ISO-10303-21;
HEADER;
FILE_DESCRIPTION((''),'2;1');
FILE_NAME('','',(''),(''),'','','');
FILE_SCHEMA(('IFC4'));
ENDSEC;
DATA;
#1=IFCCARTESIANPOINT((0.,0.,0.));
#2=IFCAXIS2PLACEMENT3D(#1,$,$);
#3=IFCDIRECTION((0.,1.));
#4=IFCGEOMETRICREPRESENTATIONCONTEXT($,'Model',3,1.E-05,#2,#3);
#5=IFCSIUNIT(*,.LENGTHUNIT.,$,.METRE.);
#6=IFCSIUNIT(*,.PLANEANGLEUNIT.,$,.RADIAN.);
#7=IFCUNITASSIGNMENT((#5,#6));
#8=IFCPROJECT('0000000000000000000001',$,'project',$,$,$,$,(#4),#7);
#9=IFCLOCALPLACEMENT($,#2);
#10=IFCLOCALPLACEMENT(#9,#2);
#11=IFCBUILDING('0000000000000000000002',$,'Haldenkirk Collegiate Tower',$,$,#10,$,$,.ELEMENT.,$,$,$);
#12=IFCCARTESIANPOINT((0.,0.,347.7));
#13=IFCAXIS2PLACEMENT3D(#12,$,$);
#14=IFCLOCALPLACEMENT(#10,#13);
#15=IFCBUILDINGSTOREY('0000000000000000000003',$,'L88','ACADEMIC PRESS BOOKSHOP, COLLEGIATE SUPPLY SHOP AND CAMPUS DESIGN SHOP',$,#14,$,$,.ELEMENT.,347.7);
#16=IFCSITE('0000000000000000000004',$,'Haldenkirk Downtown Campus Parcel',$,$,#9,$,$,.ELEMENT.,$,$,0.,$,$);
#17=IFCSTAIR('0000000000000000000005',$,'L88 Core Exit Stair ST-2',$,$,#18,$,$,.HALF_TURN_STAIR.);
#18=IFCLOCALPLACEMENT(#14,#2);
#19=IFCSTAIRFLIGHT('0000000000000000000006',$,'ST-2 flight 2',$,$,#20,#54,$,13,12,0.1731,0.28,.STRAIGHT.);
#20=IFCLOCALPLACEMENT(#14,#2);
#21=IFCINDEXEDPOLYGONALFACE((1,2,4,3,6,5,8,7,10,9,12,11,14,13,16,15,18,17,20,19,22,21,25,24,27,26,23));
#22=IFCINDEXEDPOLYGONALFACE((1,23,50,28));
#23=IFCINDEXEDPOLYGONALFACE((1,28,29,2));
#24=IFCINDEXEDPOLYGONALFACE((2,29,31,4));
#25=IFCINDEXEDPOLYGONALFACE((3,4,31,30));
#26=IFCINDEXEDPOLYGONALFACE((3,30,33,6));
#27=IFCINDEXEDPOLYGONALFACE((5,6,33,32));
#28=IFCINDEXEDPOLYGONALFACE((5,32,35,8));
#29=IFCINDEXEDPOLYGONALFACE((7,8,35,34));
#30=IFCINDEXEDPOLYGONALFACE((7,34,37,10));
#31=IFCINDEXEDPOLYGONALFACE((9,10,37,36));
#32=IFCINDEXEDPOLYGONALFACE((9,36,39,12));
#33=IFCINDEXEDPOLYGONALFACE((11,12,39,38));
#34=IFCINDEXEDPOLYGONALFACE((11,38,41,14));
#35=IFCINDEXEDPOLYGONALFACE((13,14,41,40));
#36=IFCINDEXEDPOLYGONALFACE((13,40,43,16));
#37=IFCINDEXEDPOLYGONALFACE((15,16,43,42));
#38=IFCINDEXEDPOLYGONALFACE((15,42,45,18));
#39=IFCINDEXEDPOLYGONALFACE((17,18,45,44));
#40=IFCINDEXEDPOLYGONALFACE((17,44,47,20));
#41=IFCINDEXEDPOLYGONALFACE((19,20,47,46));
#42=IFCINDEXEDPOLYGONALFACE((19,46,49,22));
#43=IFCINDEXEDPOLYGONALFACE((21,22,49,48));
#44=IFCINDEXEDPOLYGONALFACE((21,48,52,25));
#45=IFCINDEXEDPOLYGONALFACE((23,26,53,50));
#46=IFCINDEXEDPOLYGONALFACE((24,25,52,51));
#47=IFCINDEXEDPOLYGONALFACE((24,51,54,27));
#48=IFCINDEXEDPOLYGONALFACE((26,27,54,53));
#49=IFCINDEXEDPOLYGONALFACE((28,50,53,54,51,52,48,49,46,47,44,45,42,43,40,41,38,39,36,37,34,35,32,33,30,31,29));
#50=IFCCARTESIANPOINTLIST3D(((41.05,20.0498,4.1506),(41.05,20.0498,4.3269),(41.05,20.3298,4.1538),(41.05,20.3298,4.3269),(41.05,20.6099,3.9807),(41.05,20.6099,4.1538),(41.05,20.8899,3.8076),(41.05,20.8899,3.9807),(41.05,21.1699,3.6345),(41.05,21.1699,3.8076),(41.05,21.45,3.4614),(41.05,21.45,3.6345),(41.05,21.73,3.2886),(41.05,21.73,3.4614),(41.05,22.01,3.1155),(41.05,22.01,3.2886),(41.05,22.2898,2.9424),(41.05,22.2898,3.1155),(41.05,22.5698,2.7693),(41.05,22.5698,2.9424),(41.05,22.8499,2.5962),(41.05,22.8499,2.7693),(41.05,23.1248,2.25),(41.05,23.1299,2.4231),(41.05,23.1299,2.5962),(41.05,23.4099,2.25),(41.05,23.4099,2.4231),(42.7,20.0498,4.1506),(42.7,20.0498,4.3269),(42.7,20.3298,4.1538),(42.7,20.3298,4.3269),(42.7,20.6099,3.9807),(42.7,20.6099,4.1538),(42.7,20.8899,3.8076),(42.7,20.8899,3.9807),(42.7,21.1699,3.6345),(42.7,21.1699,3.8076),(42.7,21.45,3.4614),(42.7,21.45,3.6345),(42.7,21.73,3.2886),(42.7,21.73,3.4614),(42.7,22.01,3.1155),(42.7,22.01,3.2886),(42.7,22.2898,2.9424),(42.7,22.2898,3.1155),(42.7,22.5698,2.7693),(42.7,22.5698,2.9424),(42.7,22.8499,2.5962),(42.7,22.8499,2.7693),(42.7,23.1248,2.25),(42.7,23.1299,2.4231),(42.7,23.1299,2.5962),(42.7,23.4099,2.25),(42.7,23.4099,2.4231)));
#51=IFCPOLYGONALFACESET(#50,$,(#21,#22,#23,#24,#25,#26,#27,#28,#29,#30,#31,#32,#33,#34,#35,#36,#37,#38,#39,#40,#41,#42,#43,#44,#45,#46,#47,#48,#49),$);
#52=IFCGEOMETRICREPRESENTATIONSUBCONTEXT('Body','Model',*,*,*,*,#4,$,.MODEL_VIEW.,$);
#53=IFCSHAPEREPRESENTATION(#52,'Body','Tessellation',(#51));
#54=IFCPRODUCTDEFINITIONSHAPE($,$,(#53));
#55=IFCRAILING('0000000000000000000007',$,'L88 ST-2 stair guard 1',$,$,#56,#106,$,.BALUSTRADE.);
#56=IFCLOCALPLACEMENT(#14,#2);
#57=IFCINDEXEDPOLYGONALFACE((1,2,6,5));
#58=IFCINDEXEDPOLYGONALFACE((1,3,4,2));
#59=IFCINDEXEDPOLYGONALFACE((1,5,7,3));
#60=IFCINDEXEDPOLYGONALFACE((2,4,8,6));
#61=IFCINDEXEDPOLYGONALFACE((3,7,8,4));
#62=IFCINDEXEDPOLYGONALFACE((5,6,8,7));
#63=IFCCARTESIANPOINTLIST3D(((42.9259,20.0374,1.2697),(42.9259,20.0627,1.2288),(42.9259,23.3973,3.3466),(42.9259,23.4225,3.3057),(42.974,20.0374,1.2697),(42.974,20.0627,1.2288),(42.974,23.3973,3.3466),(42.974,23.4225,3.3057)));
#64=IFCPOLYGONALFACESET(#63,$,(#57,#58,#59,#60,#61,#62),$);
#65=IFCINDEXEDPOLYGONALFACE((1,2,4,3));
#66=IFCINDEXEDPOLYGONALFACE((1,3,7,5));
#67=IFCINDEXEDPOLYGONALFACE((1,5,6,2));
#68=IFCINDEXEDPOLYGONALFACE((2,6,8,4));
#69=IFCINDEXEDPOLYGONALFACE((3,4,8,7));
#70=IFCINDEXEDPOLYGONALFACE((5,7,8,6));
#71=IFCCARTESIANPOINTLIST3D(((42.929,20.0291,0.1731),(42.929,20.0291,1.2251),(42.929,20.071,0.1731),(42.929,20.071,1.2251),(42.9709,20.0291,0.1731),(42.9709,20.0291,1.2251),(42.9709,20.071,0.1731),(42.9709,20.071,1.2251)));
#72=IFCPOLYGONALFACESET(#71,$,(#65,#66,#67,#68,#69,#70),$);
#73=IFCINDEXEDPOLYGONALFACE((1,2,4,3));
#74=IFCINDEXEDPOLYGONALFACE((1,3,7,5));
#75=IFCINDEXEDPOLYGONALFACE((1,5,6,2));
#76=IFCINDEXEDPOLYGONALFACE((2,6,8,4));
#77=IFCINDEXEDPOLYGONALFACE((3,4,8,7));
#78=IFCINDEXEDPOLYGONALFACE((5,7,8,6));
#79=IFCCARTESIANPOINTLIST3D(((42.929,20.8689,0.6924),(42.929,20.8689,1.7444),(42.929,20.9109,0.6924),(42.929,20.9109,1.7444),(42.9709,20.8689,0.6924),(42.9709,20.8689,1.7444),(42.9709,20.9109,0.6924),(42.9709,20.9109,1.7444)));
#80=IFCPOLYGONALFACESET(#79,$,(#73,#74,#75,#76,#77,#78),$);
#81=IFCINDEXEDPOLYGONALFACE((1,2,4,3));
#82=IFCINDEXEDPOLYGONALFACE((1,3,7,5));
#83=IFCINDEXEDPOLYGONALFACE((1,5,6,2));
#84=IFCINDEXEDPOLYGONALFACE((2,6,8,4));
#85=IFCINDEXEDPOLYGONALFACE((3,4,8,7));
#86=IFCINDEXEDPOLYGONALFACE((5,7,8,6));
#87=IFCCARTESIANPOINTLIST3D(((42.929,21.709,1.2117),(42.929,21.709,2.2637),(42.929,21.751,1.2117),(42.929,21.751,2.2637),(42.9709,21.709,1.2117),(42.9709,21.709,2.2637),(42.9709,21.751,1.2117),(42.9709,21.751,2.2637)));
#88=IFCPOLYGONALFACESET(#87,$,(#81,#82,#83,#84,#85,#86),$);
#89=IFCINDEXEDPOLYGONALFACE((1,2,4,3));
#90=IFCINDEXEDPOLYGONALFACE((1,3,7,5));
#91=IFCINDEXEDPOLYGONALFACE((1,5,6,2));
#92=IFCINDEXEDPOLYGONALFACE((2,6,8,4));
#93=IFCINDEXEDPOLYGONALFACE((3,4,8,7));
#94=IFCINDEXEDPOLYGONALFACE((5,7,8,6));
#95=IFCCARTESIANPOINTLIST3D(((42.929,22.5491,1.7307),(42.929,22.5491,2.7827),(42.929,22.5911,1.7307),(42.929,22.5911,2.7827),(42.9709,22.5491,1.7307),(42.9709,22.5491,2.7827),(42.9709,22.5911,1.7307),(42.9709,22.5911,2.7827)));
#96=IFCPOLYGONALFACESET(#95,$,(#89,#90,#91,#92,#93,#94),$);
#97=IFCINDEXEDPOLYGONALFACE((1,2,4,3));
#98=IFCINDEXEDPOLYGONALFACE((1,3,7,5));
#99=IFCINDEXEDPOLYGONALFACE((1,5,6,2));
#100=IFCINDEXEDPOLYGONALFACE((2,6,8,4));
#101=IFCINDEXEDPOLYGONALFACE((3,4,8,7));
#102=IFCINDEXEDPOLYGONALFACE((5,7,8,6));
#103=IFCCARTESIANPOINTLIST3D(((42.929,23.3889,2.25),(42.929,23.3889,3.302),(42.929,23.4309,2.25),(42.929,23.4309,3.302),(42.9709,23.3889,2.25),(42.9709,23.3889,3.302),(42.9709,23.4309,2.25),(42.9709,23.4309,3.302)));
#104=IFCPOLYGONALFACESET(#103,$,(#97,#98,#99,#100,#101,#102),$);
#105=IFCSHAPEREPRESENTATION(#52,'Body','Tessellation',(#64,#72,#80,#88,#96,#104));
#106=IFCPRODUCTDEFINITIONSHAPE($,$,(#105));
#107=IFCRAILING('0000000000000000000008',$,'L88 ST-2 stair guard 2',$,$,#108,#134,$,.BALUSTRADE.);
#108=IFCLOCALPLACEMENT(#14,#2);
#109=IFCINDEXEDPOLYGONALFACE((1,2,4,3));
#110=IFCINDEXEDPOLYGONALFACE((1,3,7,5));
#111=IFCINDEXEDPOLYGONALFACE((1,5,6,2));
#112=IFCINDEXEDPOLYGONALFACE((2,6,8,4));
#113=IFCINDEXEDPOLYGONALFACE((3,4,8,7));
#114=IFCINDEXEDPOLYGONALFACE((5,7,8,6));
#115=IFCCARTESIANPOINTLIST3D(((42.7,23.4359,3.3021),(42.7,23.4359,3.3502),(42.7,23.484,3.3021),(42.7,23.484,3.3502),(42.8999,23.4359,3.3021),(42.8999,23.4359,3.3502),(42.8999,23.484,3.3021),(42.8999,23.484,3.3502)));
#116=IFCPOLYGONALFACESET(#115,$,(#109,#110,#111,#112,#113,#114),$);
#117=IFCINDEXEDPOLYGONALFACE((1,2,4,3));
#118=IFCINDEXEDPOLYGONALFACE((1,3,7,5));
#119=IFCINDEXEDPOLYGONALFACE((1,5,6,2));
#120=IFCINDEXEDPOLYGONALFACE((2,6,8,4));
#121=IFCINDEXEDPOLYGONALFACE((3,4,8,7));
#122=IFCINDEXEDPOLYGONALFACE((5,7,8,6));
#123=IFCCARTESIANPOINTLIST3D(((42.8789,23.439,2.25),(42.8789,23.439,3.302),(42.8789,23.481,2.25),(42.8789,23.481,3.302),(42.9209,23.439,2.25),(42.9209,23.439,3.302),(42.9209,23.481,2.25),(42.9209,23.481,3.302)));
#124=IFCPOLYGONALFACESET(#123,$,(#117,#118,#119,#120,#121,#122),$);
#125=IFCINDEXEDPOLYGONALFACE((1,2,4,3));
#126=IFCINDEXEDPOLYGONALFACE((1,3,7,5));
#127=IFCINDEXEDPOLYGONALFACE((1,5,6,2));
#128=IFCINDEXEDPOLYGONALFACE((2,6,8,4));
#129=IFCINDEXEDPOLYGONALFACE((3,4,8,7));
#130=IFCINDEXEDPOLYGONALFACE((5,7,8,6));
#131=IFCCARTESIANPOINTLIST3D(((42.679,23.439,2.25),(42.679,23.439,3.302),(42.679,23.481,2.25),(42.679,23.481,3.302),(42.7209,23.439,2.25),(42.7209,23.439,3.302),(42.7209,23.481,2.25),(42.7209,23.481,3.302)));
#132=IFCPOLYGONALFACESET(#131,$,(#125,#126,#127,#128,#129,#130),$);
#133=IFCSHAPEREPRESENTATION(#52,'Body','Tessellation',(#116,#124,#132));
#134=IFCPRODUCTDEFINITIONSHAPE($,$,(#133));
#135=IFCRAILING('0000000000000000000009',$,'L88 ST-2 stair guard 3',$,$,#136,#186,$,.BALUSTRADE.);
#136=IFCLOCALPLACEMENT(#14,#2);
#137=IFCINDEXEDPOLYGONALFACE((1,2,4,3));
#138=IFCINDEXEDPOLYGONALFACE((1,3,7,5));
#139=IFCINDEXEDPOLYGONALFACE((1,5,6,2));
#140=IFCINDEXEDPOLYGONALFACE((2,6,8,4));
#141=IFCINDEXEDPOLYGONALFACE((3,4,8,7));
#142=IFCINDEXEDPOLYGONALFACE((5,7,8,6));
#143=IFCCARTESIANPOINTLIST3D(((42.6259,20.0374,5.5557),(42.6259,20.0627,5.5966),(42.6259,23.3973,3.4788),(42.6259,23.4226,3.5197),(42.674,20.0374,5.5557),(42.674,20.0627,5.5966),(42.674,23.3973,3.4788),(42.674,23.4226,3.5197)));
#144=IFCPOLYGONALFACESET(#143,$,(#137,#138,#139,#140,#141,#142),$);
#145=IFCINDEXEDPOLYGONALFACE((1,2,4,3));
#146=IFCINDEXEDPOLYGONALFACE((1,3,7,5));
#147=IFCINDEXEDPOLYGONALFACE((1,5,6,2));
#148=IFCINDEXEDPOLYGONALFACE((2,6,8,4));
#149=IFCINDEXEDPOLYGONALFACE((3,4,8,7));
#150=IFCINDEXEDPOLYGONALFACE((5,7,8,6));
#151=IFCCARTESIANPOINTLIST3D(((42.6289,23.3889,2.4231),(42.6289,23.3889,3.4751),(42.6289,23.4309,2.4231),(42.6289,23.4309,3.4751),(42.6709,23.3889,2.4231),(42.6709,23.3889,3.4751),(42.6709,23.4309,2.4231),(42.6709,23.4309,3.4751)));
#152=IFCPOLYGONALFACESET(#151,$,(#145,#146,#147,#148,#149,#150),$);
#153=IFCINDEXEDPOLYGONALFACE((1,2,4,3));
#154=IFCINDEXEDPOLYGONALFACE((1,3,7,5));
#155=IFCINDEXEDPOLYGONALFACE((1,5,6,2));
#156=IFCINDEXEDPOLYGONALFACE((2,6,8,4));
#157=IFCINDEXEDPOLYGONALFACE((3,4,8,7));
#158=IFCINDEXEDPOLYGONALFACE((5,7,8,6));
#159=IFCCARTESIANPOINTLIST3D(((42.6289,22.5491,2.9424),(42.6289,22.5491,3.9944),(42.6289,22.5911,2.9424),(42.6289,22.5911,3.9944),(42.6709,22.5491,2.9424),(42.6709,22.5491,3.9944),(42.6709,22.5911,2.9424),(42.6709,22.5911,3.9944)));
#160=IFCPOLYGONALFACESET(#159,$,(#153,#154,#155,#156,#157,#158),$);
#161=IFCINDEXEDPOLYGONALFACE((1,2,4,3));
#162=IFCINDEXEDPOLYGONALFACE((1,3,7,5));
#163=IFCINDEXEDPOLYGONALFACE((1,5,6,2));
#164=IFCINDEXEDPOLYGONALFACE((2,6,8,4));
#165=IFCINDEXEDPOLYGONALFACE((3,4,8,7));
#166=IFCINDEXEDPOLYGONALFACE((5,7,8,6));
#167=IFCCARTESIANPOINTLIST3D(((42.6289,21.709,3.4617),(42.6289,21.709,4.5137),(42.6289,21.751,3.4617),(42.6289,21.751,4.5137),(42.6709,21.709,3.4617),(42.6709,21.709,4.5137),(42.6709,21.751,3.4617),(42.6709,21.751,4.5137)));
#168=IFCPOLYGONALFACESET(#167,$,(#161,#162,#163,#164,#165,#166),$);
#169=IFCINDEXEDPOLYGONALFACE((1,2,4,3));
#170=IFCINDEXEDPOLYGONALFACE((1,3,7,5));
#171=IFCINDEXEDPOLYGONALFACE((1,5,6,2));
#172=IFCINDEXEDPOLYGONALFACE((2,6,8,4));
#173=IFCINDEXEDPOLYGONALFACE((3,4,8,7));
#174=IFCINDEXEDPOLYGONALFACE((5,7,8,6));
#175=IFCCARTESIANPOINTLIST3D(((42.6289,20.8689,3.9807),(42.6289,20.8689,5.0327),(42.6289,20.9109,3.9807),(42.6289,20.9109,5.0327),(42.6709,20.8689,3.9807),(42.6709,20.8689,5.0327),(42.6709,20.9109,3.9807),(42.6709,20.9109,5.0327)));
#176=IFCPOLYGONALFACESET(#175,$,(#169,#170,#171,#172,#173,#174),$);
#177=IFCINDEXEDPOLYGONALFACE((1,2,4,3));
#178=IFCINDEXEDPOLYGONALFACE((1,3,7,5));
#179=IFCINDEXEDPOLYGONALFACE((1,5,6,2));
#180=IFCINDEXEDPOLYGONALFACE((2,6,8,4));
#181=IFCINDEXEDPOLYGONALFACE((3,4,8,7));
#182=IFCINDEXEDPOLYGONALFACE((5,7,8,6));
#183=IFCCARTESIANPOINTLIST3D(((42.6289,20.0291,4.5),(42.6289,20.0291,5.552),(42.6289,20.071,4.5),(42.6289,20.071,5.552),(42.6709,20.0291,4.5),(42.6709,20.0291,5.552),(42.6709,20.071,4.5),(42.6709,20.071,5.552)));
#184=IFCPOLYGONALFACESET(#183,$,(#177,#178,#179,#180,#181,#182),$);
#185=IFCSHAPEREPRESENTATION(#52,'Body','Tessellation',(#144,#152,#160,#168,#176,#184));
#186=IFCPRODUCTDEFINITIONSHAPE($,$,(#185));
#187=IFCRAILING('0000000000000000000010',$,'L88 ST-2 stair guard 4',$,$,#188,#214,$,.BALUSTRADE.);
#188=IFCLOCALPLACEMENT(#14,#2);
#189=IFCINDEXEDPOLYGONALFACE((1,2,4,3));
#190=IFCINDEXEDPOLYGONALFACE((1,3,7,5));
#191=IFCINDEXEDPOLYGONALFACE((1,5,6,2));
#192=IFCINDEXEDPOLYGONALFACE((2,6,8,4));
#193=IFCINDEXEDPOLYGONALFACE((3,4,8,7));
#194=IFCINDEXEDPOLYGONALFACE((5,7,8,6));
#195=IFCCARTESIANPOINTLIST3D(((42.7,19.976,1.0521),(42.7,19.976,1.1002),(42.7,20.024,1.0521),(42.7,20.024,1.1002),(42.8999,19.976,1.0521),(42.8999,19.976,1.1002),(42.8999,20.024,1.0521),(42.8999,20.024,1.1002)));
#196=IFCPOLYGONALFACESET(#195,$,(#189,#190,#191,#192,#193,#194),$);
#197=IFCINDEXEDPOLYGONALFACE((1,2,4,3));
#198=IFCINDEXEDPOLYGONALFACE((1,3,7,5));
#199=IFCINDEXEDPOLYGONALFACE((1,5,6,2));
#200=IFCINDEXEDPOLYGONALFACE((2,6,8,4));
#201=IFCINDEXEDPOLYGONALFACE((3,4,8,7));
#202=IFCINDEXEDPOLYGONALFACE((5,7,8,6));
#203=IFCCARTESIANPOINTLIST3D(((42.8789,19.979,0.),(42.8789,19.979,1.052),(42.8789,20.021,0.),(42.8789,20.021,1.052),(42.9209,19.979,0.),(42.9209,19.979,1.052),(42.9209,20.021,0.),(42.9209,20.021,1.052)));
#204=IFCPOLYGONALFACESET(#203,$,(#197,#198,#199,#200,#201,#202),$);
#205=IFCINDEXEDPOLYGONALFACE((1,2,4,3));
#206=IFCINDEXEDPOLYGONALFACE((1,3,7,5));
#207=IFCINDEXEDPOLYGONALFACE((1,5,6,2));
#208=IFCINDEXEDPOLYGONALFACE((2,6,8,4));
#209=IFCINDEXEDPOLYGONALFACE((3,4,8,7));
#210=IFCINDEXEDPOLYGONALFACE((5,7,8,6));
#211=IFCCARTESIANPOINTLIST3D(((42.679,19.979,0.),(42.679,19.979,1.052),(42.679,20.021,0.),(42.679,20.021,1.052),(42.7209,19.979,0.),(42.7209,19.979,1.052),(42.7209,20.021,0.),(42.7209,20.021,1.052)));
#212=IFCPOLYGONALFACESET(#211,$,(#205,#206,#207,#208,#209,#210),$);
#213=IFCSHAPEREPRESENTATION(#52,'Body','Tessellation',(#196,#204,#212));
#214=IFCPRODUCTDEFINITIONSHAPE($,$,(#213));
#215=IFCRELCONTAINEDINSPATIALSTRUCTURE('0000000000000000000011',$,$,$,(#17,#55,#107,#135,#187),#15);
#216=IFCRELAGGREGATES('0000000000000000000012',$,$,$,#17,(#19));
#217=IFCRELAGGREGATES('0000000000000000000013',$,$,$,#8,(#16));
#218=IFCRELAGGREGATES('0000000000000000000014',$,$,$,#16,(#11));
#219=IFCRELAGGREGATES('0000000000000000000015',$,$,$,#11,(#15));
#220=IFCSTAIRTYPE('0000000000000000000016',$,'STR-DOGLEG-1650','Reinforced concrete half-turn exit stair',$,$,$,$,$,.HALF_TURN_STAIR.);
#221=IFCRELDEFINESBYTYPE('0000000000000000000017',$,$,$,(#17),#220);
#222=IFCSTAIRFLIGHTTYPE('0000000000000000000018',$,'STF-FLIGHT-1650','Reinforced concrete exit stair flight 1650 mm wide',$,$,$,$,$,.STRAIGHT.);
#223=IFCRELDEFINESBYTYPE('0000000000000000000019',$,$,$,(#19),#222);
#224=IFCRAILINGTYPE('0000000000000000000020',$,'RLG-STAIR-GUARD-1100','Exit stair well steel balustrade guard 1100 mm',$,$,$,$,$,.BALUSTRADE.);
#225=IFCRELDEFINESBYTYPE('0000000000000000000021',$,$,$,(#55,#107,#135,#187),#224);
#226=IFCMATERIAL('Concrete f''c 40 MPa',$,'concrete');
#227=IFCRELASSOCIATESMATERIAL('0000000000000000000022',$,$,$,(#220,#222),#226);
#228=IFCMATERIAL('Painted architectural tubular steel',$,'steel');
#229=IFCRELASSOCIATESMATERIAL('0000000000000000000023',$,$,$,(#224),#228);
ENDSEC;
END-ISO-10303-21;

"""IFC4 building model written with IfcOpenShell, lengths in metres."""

from ifc_helpers import new_model, si_unit, direction, frame, origin, origin_2d, place, context, subcontext, project, spatial, polyline, rectangle, outline, extrude, material, type_object, element, aggregate, save


model = new_model("IFC4")

# Units and contexts
model_context = context("Model", 3, precision=1e-05, world=origin(), true_north=direction((0.0, 1.0)))
body_context = subcontext(model_context, "Body", "Model", "MODEL_VIEW")
ifc_project = project(units=[si_unit("LENGTHUNIT", "METRE"), si_unit("PLANEANGLEUNIT", "RADIAN")], contexts=[model_context])

# Site, building, storey
site_placement = place(None, origin())
site = spatial("IfcSite", under=ifc_project, at=site_placement, Name="Haldenkirk Downtown Campus Parcel", CompositionType="ELEMENT", RefElevation=0.0)
building_placement = place(site_placement, origin())
building = spatial("IfcBuilding", under=site, at=building_placement, Name="Haldenkirk Collegiate Tower", CompositionType="ELEMENT")
storey_placement = place(building_placement, frame((0.0, 0.0, 347.7)))
storey = spatial("IfcBuildingStorey", under=building, at=storey_placement, Name="L88", Description="ACADEMIC PRESS BOOKSHOP, COLLEGIATE SUPPLY SHOP AND CAMPUS DESIGN SHOP", CompositionType="ELEMENT", Elevation=347.7)

# Stair, stair flight
ifc_material_1 = material(Name="Concrete f'c 40 MPa", Category="concrete")
stair_type = type_object("IfcStairType", Name="STR-DOGLEG-1650", Description="Reinforced concrete half-turn exit stair", PredefinedType="HALF_TURN_STAIR", material=ifc_material_1)
stair_placement = place(storey_placement, origin())
stair = element("IfcStair", 1, at=stair_placement, inside=storey, type_object=stair_type, Name="L88 Core Exit Stair ST-2", PredefinedType="HALF_TURN_STAIR")
stair_flight_type = type_object("IfcStairFlightType", Name="STF-FLIGHT-1650", Description="Reinforced concrete exit stair flight 1650 mm wide", PredefinedType="STRAIGHT", material=ifc_material_1)
stair_flight_1_placement = place(storey_placement, frame((41.875, 23.4099, 2.25), z_axis=(0.0, 0.0, 1.0), x_axis=(0.0, -1.0, 0.0)))
stair_flight_1 = element("IfcStairFlight", 2, at=stair_flight_1_placement, type_object=stair_flight_type, Name="ST-2 flight 2", NumberOfRisers=13, NumberOfTreads=12, PredefinedType="STRAIGHT", RiserHeight=0.1731, TreadLength=0.28, context=body_context, shape_type="SweptSolid", body=[
    extrude(outline(polyline([(0.0, 0.0), (0.0, 0.1731), (0.28, 0.1731), (0.28, 0.3462), (0.5601, 0.3462), (0.5601, 0.5193), (0.8401, 0.5193), (0.8401, 0.6924), (1.1201, 0.6924), (1.1201, 0.8655), (1.3999, 0.8655), (1.3999, 1.0386), (1.6799, 1.0386), (1.6799, 1.2114), (1.96, 1.2114), (1.96, 1.3845), (2.24, 1.3845), (2.24, 1.5576), (2.52, 1.5576), (2.52, 1.7307), (2.8, 1.7307), (2.8, 1.9038), (3.0801, 1.9038), (3.0801, 2.0769), (3.3601, 2.0769), (3.3601, 2.25), (3.3601, 1.9006), (0.2852, 0.0), (0.0, 0.0)])), frame((0.0, 0.825, 0.0), z_axis=(0.0, -1.0, 0.0), x_axis=(1.0, 0.0, 0.0)), (0.0, 0.0, 1.0), 1.6499),
])
aggregate(stair, [stair_flight_1])

# Railings
ifc_material_2 = material(Name="Painted architectural tubular steel", Category="steel")
railing_type_1 = type_object("IfcRailingType", Name="RLG-STAIR-GUARD-1100", Description="Exit stair well steel balustrade guard 1100 mm", PredefinedType="BALUSTRADE", material=ifc_material_2)
railing_1_placement = place(storey_placement, frame((42.95, 20.05, 0.1731)))
element("IfcRailing", 3, at=railing_1_placement, inside=storey, type_object=railing_type_1, Name="L88 ST-2 stair guard 1", PredefinedType="BALUSTRADE", context=body_context, shape_type="SweptSolid", body=[
    extrude(rectangle(XDim=0.0481, YDim=0.0481, at=origin_2d()), frame((0.0, 0.0, 1.0762), z_axis=(0.0, 0.850606, 0.525803), x_axis=(-1.0, 0.0, 0.0)), (0.0, 0.0, 1.0), 3.95),
    extrude(rectangle(XDim=0.042, YDim=0.042, at=origin_2d()), origin(), (0.0, 0.0, 1.0), 1.052),
    extrude(rectangle(XDim=0.042, YDim=0.042, at=origin_2d()), frame((0.0, 0.8398, 0.5193)), (0.0, 0.0, 1.0), 1.052),
    extrude(rectangle(XDim=0.042, YDim=0.042, at=origin_2d()), frame((0.0, 1.6799, 1.0386)), (0.0, 0.0, 1.0), 1.052),
    extrude(rectangle(XDim=0.042, YDim=0.042, at=origin_2d()), frame((0.0, 2.52, 1.5576)), (0.0, 0.0, 1.0), 1.052),
    extrude(rectangle(XDim=0.042, YDim=0.042, at=origin_2d()), frame((0.0, 3.3599, 2.0769)), (0.0, 0.0, 1.0), 1.052),
])
railing_2_placement = place(storey_placement, frame((42.8999, 23.46, 2.25)))
element("IfcRailing", 4, at=railing_2_placement, inside=storey, type_object=railing_type_1, Name="L88 ST-2 stair guard 2", PredefinedType="BALUSTRADE", context=body_context, shape_type="SweptSolid", body=[
    extrude(rectangle(XDim=0.0481, YDim=0.0481, at=origin_2d()), frame((0.0, 0.0, 1.0762), z_axis=(-1.0, 0.0, 0.0), x_axis=(0.0, -1.0, 0.0)), (0.0, 0.0, 1.0), 0.2),
    extrude(rectangle(XDim=0.042, YDim=0.042, at=origin_2d()), origin(), (0.0, 0.0, 1.0), 1.052),
    extrude(rectangle(XDim=0.042, YDim=0.042, at=origin_2d()), frame((-0.2, 0.0, 0.0)), (0.0, 0.0, 1.0), 1.052),
])
railing_3_placement = place(storey_placement, frame((42.6499, 23.4099, 2.4231)))
element("IfcRailing", 5, at=railing_3_placement, inside=storey, type_object=railing_type_1, Name="L88 ST-2 stair guard 3", PredefinedType="BALUSTRADE", context=body_context, shape_type="SweptSolid", body=[
    extrude(rectangle(XDim=0.0481, YDim=0.0481, at=origin_2d()), frame((0.0, 0.0, 1.0762), z_axis=(0.0, -0.850606, 0.525803), x_axis=(1.0, 0.0, 0.0)), (0.0, 0.0, 1.0), 3.95),
    extrude(rectangle(XDim=0.042, YDim=0.042, at=origin_2d()), origin(), (0.0, 0.0, 1.0), 1.052),
    extrude(rectangle(XDim=0.042, YDim=0.042, at=origin_2d()), frame((0.0, -0.8398, 0.5193)), (0.0, 0.0, 1.0), 1.052),
    extrude(rectangle(XDim=0.042, YDim=0.042, at=origin_2d()), frame((0.0, -1.6799, 1.0386)), (0.0, 0.0, 1.0), 1.052),
    extrude(rectangle(XDim=0.042, YDim=0.042, at=origin_2d()), frame((0.0, -2.52, 1.5576)), (0.0, 0.0, 1.0), 1.052),
    extrude(rectangle(XDim=0.042, YDim=0.042, at=origin_2d()), frame((0.0, -3.3599, 2.0769)), (0.0, 0.0, 1.0), 1.052),
])
railing_4_placement = place(storey_placement, frame((42.8999, 20.0, 0.0)))
element("IfcRailing", 6, at=railing_4_placement, inside=storey, type_object=railing_type_1, Name="L88 ST-2 stair guard 4", PredefinedType="BALUSTRADE", context=body_context, shape_type="SweptSolid", body=[
    extrude(rectangle(XDim=0.0481, YDim=0.0481, at=origin_2d()), frame((0.0, 0.0, 1.0762), z_axis=(-1.0, 0.0, 0.0), x_axis=(0.0, -1.0, 0.0)), (0.0, 0.0, 1.0), 0.2),
    extrude(rectangle(XDim=0.042, YDim=0.042, at=origin_2d()), origin(), (0.0, 0.0, 1.0), 1.052),
    extrude(rectangle(XDim=0.042, YDim=0.042, at=origin_2d()), frame((-0.2, 0.0, 0.0)), (0.0, 0.0, 1.0), 1.052),
])

save(model, "model.ifc")
